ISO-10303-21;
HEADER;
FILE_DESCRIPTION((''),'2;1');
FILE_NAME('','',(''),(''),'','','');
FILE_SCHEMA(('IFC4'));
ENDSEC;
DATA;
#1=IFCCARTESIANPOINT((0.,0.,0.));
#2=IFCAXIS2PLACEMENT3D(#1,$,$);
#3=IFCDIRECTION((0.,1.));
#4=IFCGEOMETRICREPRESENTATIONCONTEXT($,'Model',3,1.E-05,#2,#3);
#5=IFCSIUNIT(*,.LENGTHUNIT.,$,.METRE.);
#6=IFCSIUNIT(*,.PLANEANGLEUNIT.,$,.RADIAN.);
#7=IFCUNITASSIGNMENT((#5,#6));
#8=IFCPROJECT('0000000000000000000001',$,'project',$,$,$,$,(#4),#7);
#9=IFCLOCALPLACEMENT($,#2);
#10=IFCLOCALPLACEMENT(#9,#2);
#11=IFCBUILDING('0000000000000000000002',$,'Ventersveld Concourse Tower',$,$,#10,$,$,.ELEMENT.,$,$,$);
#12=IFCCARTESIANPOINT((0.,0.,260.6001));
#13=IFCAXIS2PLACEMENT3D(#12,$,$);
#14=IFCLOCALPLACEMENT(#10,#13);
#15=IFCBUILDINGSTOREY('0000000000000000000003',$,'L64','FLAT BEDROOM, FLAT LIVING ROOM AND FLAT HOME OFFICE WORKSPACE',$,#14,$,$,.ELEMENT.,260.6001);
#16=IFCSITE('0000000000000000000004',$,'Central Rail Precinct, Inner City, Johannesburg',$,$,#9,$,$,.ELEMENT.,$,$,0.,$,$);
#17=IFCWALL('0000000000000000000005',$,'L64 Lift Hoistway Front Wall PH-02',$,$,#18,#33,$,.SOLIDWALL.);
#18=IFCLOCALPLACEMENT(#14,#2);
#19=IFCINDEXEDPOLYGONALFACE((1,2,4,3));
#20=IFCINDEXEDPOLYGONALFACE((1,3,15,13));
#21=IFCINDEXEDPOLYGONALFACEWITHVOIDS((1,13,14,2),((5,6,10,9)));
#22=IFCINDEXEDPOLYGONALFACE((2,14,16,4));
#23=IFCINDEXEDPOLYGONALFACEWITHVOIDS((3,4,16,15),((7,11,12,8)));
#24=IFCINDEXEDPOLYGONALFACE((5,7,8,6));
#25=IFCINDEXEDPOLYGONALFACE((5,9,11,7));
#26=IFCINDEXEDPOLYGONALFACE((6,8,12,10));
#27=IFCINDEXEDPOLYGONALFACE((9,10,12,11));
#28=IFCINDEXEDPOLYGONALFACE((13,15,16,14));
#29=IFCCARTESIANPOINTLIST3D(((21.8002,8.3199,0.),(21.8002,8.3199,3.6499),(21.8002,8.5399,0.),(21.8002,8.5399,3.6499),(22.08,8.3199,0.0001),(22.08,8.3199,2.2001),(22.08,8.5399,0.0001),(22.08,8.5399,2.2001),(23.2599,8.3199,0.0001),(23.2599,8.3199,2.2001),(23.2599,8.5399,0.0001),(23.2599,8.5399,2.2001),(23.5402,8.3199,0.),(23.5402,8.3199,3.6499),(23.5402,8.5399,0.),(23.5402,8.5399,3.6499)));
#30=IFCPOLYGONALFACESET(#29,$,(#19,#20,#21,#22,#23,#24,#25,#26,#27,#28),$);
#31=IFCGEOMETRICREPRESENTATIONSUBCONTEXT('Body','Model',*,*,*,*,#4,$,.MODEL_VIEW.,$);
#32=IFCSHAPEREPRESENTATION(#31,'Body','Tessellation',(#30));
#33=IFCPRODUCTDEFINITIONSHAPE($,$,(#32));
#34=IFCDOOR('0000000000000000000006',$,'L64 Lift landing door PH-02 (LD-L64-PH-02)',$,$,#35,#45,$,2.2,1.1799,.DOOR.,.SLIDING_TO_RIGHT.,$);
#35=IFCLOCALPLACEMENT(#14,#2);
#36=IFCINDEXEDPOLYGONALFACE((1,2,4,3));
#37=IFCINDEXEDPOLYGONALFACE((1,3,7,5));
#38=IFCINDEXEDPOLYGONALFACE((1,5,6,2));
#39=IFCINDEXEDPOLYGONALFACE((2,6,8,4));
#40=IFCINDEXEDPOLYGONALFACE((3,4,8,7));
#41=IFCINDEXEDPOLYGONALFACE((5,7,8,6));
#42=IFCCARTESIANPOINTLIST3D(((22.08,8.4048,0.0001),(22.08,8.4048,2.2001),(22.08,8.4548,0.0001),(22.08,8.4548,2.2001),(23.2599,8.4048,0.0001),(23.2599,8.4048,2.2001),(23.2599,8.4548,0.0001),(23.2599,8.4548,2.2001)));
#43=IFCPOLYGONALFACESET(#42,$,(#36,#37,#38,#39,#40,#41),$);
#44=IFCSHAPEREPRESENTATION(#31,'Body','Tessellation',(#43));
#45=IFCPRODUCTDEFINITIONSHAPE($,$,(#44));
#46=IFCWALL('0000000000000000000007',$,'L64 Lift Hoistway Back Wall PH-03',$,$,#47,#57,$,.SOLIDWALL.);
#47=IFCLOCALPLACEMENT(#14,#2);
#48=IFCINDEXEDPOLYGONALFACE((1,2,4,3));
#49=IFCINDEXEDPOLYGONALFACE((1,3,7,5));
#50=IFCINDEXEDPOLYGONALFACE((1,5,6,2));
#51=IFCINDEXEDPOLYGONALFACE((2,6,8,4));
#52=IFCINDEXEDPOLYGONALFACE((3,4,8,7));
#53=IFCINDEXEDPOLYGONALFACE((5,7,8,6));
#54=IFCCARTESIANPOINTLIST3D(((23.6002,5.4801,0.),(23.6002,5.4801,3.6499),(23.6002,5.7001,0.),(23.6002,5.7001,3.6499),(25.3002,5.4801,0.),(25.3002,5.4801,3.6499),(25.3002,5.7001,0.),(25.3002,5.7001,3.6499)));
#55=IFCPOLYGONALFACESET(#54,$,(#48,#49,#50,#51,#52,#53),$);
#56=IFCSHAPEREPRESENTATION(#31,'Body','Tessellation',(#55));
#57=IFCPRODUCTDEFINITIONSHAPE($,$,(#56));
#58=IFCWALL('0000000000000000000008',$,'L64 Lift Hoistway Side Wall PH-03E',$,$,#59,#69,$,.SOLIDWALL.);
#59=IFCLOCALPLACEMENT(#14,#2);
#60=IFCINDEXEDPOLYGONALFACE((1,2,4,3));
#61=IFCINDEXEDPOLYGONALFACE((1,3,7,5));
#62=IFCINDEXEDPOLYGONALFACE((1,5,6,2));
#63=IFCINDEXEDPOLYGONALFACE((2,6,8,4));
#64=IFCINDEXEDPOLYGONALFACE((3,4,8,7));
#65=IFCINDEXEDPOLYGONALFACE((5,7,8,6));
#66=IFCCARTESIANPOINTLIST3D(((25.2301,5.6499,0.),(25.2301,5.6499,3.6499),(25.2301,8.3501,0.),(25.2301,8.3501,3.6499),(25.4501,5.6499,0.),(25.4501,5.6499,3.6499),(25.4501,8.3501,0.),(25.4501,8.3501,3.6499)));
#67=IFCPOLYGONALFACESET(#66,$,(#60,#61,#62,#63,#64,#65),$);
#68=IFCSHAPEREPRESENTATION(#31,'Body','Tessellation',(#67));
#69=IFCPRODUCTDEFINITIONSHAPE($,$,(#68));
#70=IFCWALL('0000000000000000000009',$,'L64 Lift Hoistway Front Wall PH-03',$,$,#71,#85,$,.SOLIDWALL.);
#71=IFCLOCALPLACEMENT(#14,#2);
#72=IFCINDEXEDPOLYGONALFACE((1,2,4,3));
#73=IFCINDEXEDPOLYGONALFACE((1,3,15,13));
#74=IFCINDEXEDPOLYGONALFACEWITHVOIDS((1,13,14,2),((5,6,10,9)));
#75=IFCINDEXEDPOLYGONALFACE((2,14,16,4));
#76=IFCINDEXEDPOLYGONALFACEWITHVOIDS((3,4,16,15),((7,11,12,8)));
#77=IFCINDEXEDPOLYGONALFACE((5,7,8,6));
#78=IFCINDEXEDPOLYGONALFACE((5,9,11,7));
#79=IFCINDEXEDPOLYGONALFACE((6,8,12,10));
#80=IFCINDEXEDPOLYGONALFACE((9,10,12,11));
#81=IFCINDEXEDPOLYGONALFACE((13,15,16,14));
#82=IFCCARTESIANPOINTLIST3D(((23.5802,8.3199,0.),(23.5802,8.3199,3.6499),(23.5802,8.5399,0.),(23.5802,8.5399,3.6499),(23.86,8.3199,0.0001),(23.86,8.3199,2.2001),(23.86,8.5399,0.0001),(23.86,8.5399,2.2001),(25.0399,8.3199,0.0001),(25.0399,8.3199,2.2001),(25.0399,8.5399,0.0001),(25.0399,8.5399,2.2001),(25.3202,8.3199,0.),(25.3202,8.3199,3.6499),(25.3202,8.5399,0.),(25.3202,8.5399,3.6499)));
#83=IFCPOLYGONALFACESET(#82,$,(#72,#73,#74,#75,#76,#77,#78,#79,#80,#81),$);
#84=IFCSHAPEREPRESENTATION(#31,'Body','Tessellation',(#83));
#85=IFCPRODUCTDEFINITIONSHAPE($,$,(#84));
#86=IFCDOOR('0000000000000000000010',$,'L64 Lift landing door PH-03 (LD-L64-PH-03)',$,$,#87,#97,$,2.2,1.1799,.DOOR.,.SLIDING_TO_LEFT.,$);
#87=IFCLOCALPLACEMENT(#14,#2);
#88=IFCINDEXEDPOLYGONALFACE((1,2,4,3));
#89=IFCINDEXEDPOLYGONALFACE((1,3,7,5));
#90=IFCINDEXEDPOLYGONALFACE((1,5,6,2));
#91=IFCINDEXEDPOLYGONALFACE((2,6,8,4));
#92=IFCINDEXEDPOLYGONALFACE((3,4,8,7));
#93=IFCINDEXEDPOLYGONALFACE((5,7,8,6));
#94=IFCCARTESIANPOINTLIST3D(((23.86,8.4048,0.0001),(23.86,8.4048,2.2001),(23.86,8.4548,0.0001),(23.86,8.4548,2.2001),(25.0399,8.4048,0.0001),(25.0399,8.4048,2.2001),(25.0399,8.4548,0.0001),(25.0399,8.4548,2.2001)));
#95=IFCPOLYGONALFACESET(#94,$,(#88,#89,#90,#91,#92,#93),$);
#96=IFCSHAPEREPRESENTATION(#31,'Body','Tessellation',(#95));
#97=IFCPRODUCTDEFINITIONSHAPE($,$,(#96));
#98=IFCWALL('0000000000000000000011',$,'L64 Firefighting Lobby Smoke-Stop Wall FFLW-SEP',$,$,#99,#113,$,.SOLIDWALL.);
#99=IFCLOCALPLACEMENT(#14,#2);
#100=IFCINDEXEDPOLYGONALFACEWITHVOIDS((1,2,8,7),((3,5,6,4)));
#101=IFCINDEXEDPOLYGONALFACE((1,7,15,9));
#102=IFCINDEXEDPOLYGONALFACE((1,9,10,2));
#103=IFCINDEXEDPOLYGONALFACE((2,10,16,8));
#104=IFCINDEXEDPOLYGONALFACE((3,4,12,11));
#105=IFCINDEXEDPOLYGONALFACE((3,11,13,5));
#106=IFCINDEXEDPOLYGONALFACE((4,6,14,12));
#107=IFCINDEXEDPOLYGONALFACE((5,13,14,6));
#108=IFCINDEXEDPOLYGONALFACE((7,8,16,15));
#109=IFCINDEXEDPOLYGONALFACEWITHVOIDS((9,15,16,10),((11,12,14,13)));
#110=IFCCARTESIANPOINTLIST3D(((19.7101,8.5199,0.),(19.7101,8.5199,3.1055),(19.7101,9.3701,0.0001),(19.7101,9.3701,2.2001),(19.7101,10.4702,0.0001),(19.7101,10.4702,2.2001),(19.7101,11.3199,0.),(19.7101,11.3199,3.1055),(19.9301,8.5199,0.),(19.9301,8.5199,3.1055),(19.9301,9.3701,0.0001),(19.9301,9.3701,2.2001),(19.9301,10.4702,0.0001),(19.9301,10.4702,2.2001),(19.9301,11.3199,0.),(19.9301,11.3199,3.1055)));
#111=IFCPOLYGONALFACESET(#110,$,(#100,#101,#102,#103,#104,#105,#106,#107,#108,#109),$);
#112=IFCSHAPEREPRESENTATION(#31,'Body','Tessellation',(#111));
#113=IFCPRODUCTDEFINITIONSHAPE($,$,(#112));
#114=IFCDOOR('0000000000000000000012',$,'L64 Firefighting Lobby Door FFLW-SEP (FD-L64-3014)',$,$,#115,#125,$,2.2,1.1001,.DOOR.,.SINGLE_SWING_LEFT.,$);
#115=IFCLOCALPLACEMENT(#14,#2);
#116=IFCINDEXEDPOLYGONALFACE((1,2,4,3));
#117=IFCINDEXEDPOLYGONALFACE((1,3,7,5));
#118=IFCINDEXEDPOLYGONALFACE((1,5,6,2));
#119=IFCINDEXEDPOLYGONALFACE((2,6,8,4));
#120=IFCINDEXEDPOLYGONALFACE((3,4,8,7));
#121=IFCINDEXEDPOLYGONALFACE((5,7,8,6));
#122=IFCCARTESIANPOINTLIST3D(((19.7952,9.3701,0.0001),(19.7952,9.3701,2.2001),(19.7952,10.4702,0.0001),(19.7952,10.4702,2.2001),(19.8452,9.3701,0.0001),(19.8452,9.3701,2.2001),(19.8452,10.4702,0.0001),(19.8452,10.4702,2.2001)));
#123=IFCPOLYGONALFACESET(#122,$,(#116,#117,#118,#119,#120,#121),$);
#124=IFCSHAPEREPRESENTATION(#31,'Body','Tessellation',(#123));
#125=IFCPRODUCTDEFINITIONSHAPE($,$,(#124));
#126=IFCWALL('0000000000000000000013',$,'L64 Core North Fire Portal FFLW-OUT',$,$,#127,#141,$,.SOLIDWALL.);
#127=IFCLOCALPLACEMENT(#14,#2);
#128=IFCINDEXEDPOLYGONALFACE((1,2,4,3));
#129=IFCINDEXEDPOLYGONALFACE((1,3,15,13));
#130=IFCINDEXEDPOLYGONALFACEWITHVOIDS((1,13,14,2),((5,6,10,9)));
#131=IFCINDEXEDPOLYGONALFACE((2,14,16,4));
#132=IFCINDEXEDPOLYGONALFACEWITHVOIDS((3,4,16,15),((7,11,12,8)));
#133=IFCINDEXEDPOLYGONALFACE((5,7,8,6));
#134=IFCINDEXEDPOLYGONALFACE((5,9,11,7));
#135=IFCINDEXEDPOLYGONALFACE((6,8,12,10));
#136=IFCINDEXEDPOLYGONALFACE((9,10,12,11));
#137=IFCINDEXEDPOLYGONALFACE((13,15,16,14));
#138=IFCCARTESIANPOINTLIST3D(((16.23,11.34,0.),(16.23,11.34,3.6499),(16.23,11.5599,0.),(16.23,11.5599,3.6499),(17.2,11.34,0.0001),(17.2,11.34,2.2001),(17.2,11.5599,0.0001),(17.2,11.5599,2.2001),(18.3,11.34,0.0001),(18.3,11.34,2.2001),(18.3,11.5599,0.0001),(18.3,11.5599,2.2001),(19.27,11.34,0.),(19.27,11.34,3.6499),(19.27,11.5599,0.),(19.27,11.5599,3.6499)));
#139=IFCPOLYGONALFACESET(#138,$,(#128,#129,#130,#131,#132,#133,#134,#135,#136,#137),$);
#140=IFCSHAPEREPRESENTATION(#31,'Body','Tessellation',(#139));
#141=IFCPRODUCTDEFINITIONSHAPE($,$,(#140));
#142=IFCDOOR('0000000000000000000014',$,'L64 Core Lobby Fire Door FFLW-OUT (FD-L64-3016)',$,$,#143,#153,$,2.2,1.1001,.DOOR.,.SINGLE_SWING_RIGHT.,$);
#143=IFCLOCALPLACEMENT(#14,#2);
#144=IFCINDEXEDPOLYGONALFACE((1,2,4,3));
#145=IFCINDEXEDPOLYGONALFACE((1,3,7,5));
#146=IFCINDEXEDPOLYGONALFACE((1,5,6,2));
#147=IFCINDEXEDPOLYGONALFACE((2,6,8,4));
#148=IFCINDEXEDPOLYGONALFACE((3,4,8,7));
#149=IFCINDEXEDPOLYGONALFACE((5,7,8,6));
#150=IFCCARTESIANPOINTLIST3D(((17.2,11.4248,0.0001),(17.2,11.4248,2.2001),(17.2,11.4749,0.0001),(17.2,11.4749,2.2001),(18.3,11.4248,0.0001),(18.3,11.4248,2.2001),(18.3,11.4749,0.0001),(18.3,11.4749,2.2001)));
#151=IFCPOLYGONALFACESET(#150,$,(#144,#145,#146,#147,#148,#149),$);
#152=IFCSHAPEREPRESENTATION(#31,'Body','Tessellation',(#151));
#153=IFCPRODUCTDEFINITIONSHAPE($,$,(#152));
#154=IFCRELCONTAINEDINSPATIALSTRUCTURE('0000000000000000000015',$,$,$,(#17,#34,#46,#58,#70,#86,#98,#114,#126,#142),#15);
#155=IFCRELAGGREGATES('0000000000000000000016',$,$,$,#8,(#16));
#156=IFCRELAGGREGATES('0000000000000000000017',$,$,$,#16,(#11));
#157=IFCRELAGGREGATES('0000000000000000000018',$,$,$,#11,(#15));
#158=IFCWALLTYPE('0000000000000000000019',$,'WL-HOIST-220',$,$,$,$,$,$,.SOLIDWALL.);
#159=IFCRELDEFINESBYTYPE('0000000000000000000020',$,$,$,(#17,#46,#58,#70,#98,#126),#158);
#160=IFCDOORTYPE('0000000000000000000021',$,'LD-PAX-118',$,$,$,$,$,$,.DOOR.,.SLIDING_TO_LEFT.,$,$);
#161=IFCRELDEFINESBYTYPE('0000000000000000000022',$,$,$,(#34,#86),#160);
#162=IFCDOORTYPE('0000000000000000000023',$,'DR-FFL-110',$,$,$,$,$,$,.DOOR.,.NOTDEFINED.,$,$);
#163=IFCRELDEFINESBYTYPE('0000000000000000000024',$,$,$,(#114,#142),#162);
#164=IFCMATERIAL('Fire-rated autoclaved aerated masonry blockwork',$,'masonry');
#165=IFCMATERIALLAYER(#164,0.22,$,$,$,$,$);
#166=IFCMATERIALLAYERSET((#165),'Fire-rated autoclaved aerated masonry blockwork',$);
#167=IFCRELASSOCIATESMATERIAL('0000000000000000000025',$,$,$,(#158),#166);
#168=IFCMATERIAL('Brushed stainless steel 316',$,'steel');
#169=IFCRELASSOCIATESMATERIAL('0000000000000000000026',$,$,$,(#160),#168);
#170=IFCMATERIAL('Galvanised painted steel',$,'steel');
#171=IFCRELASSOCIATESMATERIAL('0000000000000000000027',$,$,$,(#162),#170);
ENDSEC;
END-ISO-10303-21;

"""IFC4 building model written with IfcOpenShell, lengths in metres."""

from ifc_helpers import new_model, si_unit, direction, frame, frame_2d, origin, place, context, subcontext, project, spatial, rectangle, extrude, material, layer, layer_set, type_object, element, fill, save


model = new_model("IFC4")

# Units and contexts
model_context = context("Model", 3, precision=1e-05, world=origin(), true_north=direction((0.0, 1.0)))
body_context = subcontext(model_context, "Body", "Model", "MODEL_VIEW")
ifc_project = project(units=[si_unit("LENGTHUNIT", "METRE"), si_unit("PLANEANGLEUNIT", "RADIAN")], contexts=[model_context])

# Site, building, storey
site_placement = place(None, origin())
site = spatial("IfcSite", under=ifc_project, at=site_placement, Name="Central Rail Precinct, Inner City, Johannesburg", CompositionType="ELEMENT", RefElevation=0.0)
building_placement = place(site_placement, origin())
building = spatial("IfcBuilding", under=site, at=building_placement, Name="Ventersveld Concourse Tower", CompositionType="ELEMENT")
storey_placement = place(building_placement, frame((0.0, 0.0, 260.6001)))
storey = spatial("IfcBuildingStorey", under=building, at=storey_placement, Name="L64", Description="FLAT BEDROOM, FLAT LIVING ROOM AND FLAT HOME OFFICE WORKSPACE", CompositionType="ELEMENT", Elevation=260.6001)

# Shared definitions
ifc_material_1 = material(Name="Fire-rated autoclaved aerated masonry blockwork", Category="masonry")
ifc_layer_1 = layer(ifc_material_1, 0.22)
ifc_layer_set_1 = layer_set([ifc_layer_1], Name="Fire-rated autoclaved aerated masonry blockwork")
wall_type_1 = type_object("IfcWallType", Name="WL-HOIST-220", PredefinedType="SOLIDWALL", material=ifc_layer_set_1)
ifc_material_2 = material(Name="Brushed stainless steel 316", Category="steel")

# Shared definitions
door_type_1 = type_object("IfcDoorType", Name="LD-PAX-118", OperationType="SLIDING_TO_LEFT", PredefinedType="DOOR", material=ifc_material_2)

# Wall, opening, door
wall_1_placement = place(storey_placement, frame((21.8, 8.4299, 0.0), z_axis=(0.0, 0.0, 1.0), x_axis=(1.0, 0.0, 0.0)))
wall_1 = element("IfcWall", 1, at=wall_1_placement, inside=storey, type_object=wall_type_1, Name="L64 Lift Hoistway Front Wall PH-02", PredefinedType="SOLIDWALL", context=body_context, shape_type="SweptSolid", body=[
    extrude(rectangle(XDim=1.74, YDim=0.22, at=frame_2d((0.8701, 0.0))), origin(), (0.0, 0.0, 1.0), 3.6499),
])
opening_1_placement = place(wall_1_placement, frame((0.28, 0.0, 0.0)))
opening_1 = element("IfcOpeningElement", 2, at=opening_1_placement, cuts=wall_1, PredefinedType="OPENING", context=body_context, shape_type="SweptSolid", body=[
    extrude(rectangle(XDim=1.1799, YDim=2.2, at=frame_2d((0.5898, 1.1001))), frame((0.0, 0.1201, 0.0), z_axis=(0.0, -1.0, 0.0), x_axis=(1.0, 0.0, 0.0)), (0.0, 0.0, 1.0), 0.24),
])
door_1_placement = place(opening_1_placement, origin())
door_1 = element("IfcDoor", 3, at=door_1_placement, inside=storey, type_object=door_type_1, Name="L64 Lift landing door PH-02 (LD-L64-PH-02)", OperationType="SLIDING_TO_RIGHT", OverallHeight=2.2, OverallWidth=1.1799, PredefinedType="DOOR", context=body_context, shape_type="SweptSolid", body=[
    extrude(rectangle(XDim=1.1799, YDim=2.2, at=frame_2d((0.5898, 1.1001))), frame((0.0, 0.0249, 0.0), z_axis=(0.0, -1.0, 0.0), x_axis=(1.0, 0.0, 0.0)), (0.0, 0.0, 1.0), 0.05),
])
fill(opening_1, door_1)

# Walls
wall_2_placement = place(storey_placement, frame((23.6001, 5.5901, 0.0), z_axis=(0.0, 0.0, 1.0), x_axis=(1.0, 0.0, 0.0)))
element("IfcWall", 4, at=wall_2_placement, inside=storey, type_object=wall_type_1, Name="L64 Lift Hoistway Back Wall PH-03", PredefinedType="SOLIDWALL", context=body_context, shape_type="SweptSolid", body=[
    extrude(rectangle(XDim=1.7, YDim=0.22, at=frame_2d((0.8501, 0.0))), origin(), (0.0, 0.0, 1.0), 3.6499),
])
wall_3_placement = place(storey_placement, frame((25.3401, 5.6499, 0.0), z_axis=(0.0, 0.0, 1.0), x_axis=(0.0, 1.0, 0.0)))
element("IfcWall", 5, at=wall_3_placement, inside=storey, type_object=wall_type_1, Name="L64 Lift Hoistway Side Wall PH-03E", PredefinedType="SOLIDWALL", context=body_context, shape_type="SweptSolid", body=[
    extrude(rectangle(XDim=2.7002, YDim=0.22, at=frame_2d((1.3501, 0.0))), origin(), (0.0, 0.0, 1.0), 3.6499),
])

# Walls, openings, doors
wall_4_placement = place(storey_placement, frame((23.5801, 8.4299, 0.0), z_axis=(0.0, 0.0, 1.0), x_axis=(1.0, 0.0, 0.0)))
wall_4 = element("IfcWall", 6, at=wall_4_placement, inside=storey, type_object=wall_type_1, Name="L64 Lift Hoistway Front Wall PH-03", PredefinedType="SOLIDWALL", context=body_context, shape_type="SweptSolid", body=[
    extrude(rectangle(XDim=1.74, YDim=0.22, at=frame_2d((0.8701, 0.0))), origin(), (0.0, 0.0, 1.0), 3.6499),
])
opening_2_placement = place(wall_4_placement, frame((0.28, 0.0, 0.0)))
opening_2 = element("IfcOpeningElement", 7, at=opening_2_placement, cuts=wall_4, PredefinedType="OPENING", context=body_context, shape_type="SweptSolid", body=[
    extrude(rectangle(XDim=1.1799, YDim=2.2, at=frame_2d((0.5898, 1.1001))), frame((0.0, 0.1201, 0.0), z_axis=(0.0, -1.0, 0.0), x_axis=(1.0, 0.0, 0.0)), (0.0, 0.0, 1.0), 0.24),
])
door_2_placement = place(opening_2_placement, origin())
door_2 = element("IfcDoor", 8, at=door_2_placement, inside=storey, type_object=door_type_1, Name="L64 Lift landing door PH-03 (LD-L64-PH-03)", OperationType="SLIDING_TO_LEFT", OverallHeight=2.2, OverallWidth=1.1799, PredefinedType="DOOR", context=body_context, shape_type="SweptSolid", body=[
    extrude(rectangle(XDim=1.1799, YDim=2.2, at=frame_2d((0.5898, 1.1001))), frame((0.0, 0.0249, 0.0), z_axis=(0.0, -1.0, 0.0), x_axis=(1.0, 0.0, 0.0)), (0.0, 0.0, 1.0), 0.05),
])
fill(opening_2, door_2)
wall_5_placement = place(storey_placement, frame((19.8201, 8.52, 0.0), z_axis=(0.0, 0.0, 1.0), x_axis=(0.0, 1.0, 0.0)))
wall_5 = element("IfcWall", 9, at=wall_5_placement, inside=storey, type_object=wall_type_1, Name="L64 Firefighting Lobby Smoke-Stop Wall FFLW-SEP", PredefinedType="SOLIDWALL", context=body_context, shape_type="SweptSolid", body=[
    extrude(rectangle(XDim=2.8, YDim=0.22, at=frame_2d((1.3999, 0.0))), origin(), (0.0, 0.0, 1.0), 3.1055),
])
opening_3_placement = place(wall_5_placement, frame((0.8501, 0.0, 0.0)))
opening_3 = element("IfcOpeningElement", 10, at=opening_3_placement, cuts=wall_5, PredefinedType="OPENING", context=body_context, shape_type="SweptSolid", body=[
    extrude(rectangle(XDim=1.1001, YDim=2.2, at=frame_2d((0.55, 1.1001))), frame((0.0, 0.1201, 0.0), z_axis=(0.0, -1.0, 0.0), x_axis=(1.0, 0.0, 0.0)), (0.0, 0.0, 1.0), 0.24),
])
ifc_material_3 = material(Name="Galvanised painted steel", Category="steel")
door_type_2 = type_object("IfcDoorType", Name="DR-FFL-110", OperationType="NOTDEFINED", PredefinedType="DOOR", material=ifc_material_3)
door_3_placement = place(opening_3_placement, origin())
door_3 = element("IfcDoor", 11, at=door_3_placement, inside=storey, type_object=door_type_2, Name="L64 Firefighting Lobby Door FFLW-SEP (FD-L64-3014)", OperationType="SINGLE_SWING_LEFT", OverallHeight=2.2, OverallWidth=1.1001, PredefinedType="DOOR", context=body_context, shape_type="SweptSolid", body=[
    extrude(rectangle(XDim=1.1001, YDim=2.2, at=frame_2d((0.55, 1.1001))), frame((0.0, 0.0249, 0.0), z_axis=(0.0, -1.0, 0.0), x_axis=(1.0, 0.0, 0.0)), (0.0, 0.0, 1.0), 0.05),
])
fill(opening_3, door_3)
wall_6_placement = place(storey_placement, frame((16.23, 11.45, 0.0), z_axis=(0.0, 0.0, 1.0), x_axis=(1.0, 0.0, 0.0)))
wall_6 = element("IfcWall", 12, at=wall_6_placement, inside=storey, type_object=wall_type_1, Name="L64 Core North Fire Portal FFLW-OUT", PredefinedType="SOLIDWALL", context=body_context, shape_type="SweptSolid", body=[
    extrude(rectangle(XDim=3.04, YDim=0.22, at=frame_2d((1.52, 0.0))), origin(), (0.0, 0.0, 1.0), 3.6499),
])
opening_4_placement = place(wall_6_placement, frame((0.97, 0.0, 0.0)))
opening_4 = element("IfcOpeningElement", 13, at=opening_4_placement, cuts=wall_6, PredefinedType="OPENING", context=body_context, shape_type="SweptSolid", body=[
    extrude(rectangle(XDim=1.1001, YDim=2.2, at=frame_2d((0.55, 1.1001))), frame((0.0, 0.1201, 0.0), z_axis=(0.0, -1.0, 0.0), x_axis=(1.0, 0.0, 0.0)), (0.0, 0.0, 1.0), 0.24),
])
door_4_placement = place(opening_4_placement, origin())
door_4 = element("IfcDoor", 14, at=door_4_placement, inside=storey, type_object=door_type_2, Name="L64 Core Lobby Fire Door FFLW-OUT (FD-L64-3016)", OperationType="SINGLE_SWING_RIGHT", OverallHeight=2.2, OverallWidth=1.1001, PredefinedType="DOOR", context=body_context, shape_type="SweptSolid", body=[
    extrude(rectangle(XDim=1.1001, YDim=2.2, at=frame_2d((0.55, 1.1001))), frame((0.0, 0.0249, 0.0), z_axis=(0.0, -1.0, 0.0), x_axis=(1.0, 0.0, 0.0)), (0.0, 0.0, 1.0), 0.05),
])
fill(opening_4, door_4)

save(model, "model.ifc")
